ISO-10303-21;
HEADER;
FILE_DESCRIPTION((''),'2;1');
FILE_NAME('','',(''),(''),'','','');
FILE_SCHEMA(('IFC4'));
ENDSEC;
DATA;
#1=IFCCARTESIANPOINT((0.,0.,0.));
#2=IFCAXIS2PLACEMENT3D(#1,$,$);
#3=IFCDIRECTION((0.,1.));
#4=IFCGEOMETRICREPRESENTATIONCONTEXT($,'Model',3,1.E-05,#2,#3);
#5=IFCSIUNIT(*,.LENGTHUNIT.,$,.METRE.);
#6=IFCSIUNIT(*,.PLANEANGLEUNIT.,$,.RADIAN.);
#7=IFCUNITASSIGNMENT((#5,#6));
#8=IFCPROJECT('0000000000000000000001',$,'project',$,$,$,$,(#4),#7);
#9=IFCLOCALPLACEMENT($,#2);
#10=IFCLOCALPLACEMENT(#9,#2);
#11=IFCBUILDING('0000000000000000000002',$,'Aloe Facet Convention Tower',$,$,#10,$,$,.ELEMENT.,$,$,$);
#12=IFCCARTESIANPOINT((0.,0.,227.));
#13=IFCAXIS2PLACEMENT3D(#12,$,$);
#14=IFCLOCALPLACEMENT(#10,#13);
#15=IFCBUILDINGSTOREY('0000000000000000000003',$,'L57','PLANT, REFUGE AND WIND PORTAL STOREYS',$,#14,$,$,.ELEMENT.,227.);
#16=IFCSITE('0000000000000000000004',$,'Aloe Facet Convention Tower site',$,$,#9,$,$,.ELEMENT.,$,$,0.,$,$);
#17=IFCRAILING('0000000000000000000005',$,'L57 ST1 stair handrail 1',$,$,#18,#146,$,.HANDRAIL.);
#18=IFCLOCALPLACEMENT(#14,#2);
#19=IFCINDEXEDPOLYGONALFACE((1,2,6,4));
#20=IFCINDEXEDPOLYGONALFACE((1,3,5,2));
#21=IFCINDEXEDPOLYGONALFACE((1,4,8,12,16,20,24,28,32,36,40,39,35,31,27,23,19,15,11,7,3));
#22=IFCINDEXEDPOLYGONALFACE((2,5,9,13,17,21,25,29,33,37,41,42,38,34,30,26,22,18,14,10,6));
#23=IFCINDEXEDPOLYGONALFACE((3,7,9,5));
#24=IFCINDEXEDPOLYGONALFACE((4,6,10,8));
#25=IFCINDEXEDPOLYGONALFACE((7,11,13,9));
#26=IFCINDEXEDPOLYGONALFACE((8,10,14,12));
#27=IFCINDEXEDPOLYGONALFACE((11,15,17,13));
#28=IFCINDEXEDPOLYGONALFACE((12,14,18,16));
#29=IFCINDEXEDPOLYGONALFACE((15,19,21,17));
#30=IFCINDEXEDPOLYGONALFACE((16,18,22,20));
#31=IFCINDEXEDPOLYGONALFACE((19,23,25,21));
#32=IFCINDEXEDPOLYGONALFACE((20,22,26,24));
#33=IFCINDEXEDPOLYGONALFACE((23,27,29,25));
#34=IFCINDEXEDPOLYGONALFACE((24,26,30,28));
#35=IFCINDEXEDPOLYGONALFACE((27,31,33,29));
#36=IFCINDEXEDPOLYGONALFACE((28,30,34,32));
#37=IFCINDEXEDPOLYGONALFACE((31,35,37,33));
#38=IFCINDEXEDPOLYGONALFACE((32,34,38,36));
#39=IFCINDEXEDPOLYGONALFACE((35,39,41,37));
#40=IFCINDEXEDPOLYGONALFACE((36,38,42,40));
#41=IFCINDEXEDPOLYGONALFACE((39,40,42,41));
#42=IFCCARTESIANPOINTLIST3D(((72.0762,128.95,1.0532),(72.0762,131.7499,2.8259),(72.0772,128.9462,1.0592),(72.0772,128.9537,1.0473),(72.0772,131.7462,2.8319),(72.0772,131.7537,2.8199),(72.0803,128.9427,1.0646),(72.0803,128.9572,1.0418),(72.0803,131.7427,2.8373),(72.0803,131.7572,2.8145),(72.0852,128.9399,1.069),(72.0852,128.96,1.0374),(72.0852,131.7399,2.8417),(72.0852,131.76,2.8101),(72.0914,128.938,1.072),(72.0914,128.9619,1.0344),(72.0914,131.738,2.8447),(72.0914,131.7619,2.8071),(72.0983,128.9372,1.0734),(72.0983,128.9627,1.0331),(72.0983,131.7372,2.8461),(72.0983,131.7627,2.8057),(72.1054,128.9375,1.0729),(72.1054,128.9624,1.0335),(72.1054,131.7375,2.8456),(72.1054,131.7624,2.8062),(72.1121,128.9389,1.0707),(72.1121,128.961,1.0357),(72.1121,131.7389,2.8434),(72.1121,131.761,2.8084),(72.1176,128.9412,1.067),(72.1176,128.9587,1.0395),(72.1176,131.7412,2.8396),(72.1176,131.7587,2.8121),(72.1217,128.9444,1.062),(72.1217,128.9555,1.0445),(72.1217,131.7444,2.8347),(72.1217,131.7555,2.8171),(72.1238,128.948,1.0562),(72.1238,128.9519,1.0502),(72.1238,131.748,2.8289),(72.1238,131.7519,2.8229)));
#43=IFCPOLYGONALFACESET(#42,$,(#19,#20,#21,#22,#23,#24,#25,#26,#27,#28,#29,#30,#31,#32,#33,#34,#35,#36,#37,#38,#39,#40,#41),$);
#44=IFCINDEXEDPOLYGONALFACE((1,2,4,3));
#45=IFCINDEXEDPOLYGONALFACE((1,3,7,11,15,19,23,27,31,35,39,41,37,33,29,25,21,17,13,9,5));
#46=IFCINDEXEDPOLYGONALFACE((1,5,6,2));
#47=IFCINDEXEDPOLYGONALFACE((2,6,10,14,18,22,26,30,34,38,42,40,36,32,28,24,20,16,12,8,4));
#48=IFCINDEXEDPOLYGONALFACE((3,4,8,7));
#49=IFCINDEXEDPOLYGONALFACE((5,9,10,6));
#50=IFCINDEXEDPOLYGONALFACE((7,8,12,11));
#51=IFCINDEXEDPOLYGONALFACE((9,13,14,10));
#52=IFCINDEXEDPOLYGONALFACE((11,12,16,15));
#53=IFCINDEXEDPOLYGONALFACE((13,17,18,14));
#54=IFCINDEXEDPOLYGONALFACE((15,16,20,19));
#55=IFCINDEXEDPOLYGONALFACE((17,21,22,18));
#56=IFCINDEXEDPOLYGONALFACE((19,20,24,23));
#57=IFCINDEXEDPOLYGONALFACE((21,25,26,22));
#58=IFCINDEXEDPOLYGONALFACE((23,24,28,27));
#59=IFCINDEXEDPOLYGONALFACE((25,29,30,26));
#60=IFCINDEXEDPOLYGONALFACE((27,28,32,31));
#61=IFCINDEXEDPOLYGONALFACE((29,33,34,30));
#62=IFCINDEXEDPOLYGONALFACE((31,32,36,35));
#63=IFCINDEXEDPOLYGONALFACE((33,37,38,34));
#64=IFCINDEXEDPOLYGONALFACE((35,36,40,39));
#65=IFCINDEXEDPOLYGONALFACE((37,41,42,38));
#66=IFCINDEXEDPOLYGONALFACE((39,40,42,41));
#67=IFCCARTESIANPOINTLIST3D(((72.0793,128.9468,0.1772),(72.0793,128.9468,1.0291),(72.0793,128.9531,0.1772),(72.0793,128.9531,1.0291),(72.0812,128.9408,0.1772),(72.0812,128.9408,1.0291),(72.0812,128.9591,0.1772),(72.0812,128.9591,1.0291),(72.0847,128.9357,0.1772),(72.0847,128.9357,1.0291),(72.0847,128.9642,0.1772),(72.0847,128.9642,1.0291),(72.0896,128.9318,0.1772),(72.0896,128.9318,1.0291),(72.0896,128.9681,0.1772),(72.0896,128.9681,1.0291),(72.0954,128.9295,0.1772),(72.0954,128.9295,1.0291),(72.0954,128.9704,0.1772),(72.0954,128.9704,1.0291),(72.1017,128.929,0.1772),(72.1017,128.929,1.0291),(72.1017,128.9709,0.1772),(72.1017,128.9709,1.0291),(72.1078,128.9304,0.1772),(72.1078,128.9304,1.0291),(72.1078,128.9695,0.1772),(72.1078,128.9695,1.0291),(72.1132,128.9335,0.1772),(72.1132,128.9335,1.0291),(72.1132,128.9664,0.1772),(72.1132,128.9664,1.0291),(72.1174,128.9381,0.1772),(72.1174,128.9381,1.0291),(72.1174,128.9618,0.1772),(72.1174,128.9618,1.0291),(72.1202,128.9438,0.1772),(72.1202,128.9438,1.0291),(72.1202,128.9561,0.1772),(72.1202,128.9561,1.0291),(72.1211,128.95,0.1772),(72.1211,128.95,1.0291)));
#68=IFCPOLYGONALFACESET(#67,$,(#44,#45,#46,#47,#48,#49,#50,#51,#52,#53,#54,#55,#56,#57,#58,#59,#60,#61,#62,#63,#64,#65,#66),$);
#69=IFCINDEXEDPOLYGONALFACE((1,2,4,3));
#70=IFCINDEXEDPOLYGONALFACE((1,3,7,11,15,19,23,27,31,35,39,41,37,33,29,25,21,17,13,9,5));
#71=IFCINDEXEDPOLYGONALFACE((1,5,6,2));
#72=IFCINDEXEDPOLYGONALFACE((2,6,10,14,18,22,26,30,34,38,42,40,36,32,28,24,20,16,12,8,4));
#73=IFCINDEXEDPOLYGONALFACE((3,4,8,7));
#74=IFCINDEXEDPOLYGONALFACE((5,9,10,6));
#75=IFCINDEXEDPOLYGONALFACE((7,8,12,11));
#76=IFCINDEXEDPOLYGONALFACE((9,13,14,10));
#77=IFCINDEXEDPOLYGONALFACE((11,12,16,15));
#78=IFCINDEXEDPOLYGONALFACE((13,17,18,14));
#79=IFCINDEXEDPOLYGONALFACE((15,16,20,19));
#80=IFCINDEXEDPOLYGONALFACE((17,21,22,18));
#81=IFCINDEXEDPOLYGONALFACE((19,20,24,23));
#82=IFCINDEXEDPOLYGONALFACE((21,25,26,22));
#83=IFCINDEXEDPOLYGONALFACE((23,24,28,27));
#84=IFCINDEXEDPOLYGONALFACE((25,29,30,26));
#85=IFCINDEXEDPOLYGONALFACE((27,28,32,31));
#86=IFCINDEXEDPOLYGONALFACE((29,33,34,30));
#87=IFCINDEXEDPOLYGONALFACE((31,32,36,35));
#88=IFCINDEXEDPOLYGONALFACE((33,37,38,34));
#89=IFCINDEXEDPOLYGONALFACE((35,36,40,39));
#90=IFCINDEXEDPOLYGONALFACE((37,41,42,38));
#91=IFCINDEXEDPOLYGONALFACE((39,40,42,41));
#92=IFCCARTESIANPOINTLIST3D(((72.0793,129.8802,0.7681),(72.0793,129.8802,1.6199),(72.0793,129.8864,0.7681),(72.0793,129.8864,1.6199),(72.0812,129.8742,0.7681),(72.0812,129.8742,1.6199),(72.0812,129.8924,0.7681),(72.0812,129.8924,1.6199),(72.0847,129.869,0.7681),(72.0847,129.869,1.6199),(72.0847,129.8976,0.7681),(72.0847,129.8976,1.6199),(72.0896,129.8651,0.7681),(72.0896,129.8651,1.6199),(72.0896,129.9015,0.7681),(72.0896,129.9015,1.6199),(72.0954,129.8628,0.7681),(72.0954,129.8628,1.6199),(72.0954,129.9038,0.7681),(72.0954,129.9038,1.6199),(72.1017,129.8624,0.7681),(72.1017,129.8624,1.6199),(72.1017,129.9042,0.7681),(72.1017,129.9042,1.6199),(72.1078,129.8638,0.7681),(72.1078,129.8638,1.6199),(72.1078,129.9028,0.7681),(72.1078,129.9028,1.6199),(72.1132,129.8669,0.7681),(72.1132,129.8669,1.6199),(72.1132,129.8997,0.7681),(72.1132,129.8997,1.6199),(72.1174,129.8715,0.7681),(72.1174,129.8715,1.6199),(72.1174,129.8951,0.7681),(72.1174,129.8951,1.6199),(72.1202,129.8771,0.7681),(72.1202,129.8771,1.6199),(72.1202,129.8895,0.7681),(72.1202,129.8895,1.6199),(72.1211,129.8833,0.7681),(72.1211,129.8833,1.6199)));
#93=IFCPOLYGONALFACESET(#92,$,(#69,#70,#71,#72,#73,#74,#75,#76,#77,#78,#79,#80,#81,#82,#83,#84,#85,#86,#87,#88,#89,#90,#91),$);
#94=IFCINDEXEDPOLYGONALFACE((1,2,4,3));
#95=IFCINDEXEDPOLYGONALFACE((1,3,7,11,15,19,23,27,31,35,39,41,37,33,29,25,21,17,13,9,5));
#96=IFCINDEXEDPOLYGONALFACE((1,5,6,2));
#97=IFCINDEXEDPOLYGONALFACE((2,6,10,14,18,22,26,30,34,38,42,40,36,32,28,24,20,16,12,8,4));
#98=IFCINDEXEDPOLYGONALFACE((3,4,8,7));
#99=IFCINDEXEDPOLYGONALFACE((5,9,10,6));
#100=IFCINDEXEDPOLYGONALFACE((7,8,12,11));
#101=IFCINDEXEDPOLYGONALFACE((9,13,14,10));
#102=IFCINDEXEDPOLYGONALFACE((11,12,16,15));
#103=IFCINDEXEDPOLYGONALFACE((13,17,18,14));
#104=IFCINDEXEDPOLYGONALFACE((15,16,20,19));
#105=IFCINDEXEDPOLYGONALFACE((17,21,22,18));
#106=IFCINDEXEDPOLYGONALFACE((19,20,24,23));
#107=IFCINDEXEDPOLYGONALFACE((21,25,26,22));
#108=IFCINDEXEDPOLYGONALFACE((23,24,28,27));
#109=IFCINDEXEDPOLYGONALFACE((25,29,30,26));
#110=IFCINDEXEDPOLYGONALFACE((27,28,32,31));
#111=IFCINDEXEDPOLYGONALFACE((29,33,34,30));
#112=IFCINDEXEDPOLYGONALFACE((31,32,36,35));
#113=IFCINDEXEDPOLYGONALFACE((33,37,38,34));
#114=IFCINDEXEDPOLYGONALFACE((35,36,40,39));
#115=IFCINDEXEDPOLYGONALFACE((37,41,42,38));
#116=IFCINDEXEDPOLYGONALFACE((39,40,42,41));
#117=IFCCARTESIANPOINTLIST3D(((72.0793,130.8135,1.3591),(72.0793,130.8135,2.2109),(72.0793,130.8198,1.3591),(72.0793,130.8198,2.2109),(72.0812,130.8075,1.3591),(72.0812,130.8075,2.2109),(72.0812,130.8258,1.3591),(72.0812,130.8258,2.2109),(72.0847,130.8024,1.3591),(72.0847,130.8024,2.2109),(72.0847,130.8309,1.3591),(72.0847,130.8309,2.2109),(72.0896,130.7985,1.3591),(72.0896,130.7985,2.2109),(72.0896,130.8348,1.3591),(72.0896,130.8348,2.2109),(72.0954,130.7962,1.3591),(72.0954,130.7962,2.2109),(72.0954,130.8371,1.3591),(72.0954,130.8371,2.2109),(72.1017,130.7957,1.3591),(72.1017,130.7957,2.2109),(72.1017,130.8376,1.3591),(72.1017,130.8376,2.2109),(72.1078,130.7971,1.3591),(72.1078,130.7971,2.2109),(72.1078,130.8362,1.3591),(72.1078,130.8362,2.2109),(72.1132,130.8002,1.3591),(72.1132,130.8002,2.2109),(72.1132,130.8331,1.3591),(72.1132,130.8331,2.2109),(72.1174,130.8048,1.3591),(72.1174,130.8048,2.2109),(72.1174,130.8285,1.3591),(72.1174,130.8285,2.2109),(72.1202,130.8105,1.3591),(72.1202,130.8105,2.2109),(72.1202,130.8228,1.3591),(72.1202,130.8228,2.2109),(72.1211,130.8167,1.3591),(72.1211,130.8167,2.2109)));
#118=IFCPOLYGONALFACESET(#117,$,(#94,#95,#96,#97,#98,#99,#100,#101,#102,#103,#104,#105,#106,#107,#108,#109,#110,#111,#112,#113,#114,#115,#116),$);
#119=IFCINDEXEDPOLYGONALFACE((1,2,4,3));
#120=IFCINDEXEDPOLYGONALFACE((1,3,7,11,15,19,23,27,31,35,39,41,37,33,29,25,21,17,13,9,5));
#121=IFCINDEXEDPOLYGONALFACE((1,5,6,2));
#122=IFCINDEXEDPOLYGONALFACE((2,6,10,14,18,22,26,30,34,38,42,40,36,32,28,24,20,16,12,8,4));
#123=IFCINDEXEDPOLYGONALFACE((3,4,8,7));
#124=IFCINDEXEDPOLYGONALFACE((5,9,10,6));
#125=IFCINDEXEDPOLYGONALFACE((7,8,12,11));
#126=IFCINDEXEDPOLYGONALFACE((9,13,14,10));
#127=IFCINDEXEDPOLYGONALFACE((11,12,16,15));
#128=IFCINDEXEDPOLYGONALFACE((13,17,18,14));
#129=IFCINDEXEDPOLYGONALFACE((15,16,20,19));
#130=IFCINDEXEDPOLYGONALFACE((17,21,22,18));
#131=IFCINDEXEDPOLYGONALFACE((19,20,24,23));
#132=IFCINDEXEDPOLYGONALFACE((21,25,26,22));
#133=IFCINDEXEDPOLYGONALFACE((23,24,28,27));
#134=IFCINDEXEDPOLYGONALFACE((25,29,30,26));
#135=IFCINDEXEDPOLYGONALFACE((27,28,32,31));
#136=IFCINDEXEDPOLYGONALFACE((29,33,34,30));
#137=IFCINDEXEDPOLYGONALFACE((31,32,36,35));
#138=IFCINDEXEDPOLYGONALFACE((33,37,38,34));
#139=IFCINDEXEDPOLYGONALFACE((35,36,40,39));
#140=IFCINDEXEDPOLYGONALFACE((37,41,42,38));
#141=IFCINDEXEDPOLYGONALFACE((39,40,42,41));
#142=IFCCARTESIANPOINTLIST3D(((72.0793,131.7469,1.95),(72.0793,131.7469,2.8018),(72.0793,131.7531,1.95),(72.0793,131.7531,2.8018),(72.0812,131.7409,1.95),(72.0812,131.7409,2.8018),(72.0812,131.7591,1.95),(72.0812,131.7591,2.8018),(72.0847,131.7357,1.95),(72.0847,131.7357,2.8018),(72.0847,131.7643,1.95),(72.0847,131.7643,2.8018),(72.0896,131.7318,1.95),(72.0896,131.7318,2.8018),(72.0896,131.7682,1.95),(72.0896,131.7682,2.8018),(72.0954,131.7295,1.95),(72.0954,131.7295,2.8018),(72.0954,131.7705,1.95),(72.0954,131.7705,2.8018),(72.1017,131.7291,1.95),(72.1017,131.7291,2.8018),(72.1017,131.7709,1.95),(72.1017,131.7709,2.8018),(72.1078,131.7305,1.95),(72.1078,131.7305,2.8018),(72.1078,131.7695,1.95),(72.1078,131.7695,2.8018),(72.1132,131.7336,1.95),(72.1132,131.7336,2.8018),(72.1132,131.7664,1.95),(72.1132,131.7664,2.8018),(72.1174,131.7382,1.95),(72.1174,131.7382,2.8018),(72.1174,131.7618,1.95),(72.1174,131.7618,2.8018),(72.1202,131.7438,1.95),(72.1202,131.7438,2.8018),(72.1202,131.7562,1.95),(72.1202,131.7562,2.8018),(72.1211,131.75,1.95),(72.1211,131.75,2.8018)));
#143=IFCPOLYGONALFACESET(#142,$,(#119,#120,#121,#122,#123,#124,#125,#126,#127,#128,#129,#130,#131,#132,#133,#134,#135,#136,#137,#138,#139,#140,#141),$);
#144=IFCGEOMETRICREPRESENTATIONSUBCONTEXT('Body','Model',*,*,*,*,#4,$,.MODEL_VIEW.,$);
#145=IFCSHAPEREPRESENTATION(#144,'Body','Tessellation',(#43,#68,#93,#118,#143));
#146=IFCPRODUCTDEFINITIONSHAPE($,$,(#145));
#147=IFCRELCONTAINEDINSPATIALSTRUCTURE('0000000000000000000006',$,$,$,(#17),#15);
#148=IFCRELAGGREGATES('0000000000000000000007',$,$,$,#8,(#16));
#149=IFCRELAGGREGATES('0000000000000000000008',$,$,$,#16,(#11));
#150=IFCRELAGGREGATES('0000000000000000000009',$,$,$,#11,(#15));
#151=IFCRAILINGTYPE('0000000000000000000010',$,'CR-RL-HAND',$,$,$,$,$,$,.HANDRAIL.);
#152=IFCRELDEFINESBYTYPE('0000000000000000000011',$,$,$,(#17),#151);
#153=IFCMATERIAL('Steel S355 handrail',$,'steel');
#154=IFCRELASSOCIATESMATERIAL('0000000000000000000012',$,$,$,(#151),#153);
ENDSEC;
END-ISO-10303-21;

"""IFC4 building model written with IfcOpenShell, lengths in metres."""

from ifc_helpers import new_model, si_unit, direction, frame, origin, origin_2d, place, context, subcontext, project, spatial, circle, extrude, material, type_object, element, save


model = new_model("IFC4")

# Units and contexts
model_context = context("Model", 3, precision=1e-05, world=origin(), true_north=direction((0.0, 1.0)))
body_context = subcontext(model_context, "Body", "Model", "MODEL_VIEW")
ifc_project = project(units=[si_unit("LENGTHUNIT", "METRE"), si_unit("PLANEANGLEUNIT", "RADIAN")], contexts=[model_context])

# Site, building, storey
site_placement = place(None, origin())
site = spatial("IfcSite", under=ifc_project, at=site_placement, Name="Aloe Facet Convention Tower site", CompositionType="ELEMENT", RefElevation=0.0)
building_placement = place(site_placement, origin())
building = spatial("IfcBuilding", under=site, at=building_placement, Name="Aloe Facet Convention Tower", CompositionType="ELEMENT")
storey_placement = place(building_placement, frame((0.0, 0.0, 227.0)))
storey = spatial("IfcBuildingStorey", under=building, at=storey_placement, Name="L57", Description="PLANT, REFUGE AND WIND PORTAL STOREYS", CompositionType="ELEMENT", Elevation=227.0)

# Railing
ifc_material_1 = material(Name="Steel S355 handrail", Category="steel")
railing_type_1 = type_object("IfcRailingType", Name="CR-RL-HAND", PredefinedType="HANDRAIL", material=ifc_material_1)
railing_1_placement = place(storey_placement, frame((72.1001, 128.95, 0.1772)))
element("IfcRailing", 1, at=railing_1_placement, inside=storey, type_object=railing_type_1, Name="L57 ST1 stair handrail 1", PredefinedType="HANDRAIL", context=body_context, shape_type="SweptSolid", body=[
    extrude(circle(Radius=0.0239, at=origin_2d()), frame((0.0, 0.0, 0.876), z_axis=(0.0, 0.844909, 0.53491), x_axis=(-1.0, 0.0, 0.0)), (0.0, 0.0, 1.0), 3.314),
    extrude(circle(Radius=0.021, at=origin_2d()), origin(), (0.0, 0.0, 1.0), 0.8518),
    extrude(circle(Radius=0.021, at=origin_2d()), frame((0.0, 0.9333, 0.5908)), (0.0, 0.0, 1.0), 0.8518),
    extrude(circle(Radius=0.021, at=origin_2d()), frame((0.0, 1.8667, 1.1819)), (0.0, 0.0, 1.0), 0.8518),
    extrude(circle(Radius=0.021, at=origin_2d()), frame((0.0, 2.8, 1.7727)), (0.0, 0.0, 1.0), 0.8518),
])

save(model, "model.ifc")
